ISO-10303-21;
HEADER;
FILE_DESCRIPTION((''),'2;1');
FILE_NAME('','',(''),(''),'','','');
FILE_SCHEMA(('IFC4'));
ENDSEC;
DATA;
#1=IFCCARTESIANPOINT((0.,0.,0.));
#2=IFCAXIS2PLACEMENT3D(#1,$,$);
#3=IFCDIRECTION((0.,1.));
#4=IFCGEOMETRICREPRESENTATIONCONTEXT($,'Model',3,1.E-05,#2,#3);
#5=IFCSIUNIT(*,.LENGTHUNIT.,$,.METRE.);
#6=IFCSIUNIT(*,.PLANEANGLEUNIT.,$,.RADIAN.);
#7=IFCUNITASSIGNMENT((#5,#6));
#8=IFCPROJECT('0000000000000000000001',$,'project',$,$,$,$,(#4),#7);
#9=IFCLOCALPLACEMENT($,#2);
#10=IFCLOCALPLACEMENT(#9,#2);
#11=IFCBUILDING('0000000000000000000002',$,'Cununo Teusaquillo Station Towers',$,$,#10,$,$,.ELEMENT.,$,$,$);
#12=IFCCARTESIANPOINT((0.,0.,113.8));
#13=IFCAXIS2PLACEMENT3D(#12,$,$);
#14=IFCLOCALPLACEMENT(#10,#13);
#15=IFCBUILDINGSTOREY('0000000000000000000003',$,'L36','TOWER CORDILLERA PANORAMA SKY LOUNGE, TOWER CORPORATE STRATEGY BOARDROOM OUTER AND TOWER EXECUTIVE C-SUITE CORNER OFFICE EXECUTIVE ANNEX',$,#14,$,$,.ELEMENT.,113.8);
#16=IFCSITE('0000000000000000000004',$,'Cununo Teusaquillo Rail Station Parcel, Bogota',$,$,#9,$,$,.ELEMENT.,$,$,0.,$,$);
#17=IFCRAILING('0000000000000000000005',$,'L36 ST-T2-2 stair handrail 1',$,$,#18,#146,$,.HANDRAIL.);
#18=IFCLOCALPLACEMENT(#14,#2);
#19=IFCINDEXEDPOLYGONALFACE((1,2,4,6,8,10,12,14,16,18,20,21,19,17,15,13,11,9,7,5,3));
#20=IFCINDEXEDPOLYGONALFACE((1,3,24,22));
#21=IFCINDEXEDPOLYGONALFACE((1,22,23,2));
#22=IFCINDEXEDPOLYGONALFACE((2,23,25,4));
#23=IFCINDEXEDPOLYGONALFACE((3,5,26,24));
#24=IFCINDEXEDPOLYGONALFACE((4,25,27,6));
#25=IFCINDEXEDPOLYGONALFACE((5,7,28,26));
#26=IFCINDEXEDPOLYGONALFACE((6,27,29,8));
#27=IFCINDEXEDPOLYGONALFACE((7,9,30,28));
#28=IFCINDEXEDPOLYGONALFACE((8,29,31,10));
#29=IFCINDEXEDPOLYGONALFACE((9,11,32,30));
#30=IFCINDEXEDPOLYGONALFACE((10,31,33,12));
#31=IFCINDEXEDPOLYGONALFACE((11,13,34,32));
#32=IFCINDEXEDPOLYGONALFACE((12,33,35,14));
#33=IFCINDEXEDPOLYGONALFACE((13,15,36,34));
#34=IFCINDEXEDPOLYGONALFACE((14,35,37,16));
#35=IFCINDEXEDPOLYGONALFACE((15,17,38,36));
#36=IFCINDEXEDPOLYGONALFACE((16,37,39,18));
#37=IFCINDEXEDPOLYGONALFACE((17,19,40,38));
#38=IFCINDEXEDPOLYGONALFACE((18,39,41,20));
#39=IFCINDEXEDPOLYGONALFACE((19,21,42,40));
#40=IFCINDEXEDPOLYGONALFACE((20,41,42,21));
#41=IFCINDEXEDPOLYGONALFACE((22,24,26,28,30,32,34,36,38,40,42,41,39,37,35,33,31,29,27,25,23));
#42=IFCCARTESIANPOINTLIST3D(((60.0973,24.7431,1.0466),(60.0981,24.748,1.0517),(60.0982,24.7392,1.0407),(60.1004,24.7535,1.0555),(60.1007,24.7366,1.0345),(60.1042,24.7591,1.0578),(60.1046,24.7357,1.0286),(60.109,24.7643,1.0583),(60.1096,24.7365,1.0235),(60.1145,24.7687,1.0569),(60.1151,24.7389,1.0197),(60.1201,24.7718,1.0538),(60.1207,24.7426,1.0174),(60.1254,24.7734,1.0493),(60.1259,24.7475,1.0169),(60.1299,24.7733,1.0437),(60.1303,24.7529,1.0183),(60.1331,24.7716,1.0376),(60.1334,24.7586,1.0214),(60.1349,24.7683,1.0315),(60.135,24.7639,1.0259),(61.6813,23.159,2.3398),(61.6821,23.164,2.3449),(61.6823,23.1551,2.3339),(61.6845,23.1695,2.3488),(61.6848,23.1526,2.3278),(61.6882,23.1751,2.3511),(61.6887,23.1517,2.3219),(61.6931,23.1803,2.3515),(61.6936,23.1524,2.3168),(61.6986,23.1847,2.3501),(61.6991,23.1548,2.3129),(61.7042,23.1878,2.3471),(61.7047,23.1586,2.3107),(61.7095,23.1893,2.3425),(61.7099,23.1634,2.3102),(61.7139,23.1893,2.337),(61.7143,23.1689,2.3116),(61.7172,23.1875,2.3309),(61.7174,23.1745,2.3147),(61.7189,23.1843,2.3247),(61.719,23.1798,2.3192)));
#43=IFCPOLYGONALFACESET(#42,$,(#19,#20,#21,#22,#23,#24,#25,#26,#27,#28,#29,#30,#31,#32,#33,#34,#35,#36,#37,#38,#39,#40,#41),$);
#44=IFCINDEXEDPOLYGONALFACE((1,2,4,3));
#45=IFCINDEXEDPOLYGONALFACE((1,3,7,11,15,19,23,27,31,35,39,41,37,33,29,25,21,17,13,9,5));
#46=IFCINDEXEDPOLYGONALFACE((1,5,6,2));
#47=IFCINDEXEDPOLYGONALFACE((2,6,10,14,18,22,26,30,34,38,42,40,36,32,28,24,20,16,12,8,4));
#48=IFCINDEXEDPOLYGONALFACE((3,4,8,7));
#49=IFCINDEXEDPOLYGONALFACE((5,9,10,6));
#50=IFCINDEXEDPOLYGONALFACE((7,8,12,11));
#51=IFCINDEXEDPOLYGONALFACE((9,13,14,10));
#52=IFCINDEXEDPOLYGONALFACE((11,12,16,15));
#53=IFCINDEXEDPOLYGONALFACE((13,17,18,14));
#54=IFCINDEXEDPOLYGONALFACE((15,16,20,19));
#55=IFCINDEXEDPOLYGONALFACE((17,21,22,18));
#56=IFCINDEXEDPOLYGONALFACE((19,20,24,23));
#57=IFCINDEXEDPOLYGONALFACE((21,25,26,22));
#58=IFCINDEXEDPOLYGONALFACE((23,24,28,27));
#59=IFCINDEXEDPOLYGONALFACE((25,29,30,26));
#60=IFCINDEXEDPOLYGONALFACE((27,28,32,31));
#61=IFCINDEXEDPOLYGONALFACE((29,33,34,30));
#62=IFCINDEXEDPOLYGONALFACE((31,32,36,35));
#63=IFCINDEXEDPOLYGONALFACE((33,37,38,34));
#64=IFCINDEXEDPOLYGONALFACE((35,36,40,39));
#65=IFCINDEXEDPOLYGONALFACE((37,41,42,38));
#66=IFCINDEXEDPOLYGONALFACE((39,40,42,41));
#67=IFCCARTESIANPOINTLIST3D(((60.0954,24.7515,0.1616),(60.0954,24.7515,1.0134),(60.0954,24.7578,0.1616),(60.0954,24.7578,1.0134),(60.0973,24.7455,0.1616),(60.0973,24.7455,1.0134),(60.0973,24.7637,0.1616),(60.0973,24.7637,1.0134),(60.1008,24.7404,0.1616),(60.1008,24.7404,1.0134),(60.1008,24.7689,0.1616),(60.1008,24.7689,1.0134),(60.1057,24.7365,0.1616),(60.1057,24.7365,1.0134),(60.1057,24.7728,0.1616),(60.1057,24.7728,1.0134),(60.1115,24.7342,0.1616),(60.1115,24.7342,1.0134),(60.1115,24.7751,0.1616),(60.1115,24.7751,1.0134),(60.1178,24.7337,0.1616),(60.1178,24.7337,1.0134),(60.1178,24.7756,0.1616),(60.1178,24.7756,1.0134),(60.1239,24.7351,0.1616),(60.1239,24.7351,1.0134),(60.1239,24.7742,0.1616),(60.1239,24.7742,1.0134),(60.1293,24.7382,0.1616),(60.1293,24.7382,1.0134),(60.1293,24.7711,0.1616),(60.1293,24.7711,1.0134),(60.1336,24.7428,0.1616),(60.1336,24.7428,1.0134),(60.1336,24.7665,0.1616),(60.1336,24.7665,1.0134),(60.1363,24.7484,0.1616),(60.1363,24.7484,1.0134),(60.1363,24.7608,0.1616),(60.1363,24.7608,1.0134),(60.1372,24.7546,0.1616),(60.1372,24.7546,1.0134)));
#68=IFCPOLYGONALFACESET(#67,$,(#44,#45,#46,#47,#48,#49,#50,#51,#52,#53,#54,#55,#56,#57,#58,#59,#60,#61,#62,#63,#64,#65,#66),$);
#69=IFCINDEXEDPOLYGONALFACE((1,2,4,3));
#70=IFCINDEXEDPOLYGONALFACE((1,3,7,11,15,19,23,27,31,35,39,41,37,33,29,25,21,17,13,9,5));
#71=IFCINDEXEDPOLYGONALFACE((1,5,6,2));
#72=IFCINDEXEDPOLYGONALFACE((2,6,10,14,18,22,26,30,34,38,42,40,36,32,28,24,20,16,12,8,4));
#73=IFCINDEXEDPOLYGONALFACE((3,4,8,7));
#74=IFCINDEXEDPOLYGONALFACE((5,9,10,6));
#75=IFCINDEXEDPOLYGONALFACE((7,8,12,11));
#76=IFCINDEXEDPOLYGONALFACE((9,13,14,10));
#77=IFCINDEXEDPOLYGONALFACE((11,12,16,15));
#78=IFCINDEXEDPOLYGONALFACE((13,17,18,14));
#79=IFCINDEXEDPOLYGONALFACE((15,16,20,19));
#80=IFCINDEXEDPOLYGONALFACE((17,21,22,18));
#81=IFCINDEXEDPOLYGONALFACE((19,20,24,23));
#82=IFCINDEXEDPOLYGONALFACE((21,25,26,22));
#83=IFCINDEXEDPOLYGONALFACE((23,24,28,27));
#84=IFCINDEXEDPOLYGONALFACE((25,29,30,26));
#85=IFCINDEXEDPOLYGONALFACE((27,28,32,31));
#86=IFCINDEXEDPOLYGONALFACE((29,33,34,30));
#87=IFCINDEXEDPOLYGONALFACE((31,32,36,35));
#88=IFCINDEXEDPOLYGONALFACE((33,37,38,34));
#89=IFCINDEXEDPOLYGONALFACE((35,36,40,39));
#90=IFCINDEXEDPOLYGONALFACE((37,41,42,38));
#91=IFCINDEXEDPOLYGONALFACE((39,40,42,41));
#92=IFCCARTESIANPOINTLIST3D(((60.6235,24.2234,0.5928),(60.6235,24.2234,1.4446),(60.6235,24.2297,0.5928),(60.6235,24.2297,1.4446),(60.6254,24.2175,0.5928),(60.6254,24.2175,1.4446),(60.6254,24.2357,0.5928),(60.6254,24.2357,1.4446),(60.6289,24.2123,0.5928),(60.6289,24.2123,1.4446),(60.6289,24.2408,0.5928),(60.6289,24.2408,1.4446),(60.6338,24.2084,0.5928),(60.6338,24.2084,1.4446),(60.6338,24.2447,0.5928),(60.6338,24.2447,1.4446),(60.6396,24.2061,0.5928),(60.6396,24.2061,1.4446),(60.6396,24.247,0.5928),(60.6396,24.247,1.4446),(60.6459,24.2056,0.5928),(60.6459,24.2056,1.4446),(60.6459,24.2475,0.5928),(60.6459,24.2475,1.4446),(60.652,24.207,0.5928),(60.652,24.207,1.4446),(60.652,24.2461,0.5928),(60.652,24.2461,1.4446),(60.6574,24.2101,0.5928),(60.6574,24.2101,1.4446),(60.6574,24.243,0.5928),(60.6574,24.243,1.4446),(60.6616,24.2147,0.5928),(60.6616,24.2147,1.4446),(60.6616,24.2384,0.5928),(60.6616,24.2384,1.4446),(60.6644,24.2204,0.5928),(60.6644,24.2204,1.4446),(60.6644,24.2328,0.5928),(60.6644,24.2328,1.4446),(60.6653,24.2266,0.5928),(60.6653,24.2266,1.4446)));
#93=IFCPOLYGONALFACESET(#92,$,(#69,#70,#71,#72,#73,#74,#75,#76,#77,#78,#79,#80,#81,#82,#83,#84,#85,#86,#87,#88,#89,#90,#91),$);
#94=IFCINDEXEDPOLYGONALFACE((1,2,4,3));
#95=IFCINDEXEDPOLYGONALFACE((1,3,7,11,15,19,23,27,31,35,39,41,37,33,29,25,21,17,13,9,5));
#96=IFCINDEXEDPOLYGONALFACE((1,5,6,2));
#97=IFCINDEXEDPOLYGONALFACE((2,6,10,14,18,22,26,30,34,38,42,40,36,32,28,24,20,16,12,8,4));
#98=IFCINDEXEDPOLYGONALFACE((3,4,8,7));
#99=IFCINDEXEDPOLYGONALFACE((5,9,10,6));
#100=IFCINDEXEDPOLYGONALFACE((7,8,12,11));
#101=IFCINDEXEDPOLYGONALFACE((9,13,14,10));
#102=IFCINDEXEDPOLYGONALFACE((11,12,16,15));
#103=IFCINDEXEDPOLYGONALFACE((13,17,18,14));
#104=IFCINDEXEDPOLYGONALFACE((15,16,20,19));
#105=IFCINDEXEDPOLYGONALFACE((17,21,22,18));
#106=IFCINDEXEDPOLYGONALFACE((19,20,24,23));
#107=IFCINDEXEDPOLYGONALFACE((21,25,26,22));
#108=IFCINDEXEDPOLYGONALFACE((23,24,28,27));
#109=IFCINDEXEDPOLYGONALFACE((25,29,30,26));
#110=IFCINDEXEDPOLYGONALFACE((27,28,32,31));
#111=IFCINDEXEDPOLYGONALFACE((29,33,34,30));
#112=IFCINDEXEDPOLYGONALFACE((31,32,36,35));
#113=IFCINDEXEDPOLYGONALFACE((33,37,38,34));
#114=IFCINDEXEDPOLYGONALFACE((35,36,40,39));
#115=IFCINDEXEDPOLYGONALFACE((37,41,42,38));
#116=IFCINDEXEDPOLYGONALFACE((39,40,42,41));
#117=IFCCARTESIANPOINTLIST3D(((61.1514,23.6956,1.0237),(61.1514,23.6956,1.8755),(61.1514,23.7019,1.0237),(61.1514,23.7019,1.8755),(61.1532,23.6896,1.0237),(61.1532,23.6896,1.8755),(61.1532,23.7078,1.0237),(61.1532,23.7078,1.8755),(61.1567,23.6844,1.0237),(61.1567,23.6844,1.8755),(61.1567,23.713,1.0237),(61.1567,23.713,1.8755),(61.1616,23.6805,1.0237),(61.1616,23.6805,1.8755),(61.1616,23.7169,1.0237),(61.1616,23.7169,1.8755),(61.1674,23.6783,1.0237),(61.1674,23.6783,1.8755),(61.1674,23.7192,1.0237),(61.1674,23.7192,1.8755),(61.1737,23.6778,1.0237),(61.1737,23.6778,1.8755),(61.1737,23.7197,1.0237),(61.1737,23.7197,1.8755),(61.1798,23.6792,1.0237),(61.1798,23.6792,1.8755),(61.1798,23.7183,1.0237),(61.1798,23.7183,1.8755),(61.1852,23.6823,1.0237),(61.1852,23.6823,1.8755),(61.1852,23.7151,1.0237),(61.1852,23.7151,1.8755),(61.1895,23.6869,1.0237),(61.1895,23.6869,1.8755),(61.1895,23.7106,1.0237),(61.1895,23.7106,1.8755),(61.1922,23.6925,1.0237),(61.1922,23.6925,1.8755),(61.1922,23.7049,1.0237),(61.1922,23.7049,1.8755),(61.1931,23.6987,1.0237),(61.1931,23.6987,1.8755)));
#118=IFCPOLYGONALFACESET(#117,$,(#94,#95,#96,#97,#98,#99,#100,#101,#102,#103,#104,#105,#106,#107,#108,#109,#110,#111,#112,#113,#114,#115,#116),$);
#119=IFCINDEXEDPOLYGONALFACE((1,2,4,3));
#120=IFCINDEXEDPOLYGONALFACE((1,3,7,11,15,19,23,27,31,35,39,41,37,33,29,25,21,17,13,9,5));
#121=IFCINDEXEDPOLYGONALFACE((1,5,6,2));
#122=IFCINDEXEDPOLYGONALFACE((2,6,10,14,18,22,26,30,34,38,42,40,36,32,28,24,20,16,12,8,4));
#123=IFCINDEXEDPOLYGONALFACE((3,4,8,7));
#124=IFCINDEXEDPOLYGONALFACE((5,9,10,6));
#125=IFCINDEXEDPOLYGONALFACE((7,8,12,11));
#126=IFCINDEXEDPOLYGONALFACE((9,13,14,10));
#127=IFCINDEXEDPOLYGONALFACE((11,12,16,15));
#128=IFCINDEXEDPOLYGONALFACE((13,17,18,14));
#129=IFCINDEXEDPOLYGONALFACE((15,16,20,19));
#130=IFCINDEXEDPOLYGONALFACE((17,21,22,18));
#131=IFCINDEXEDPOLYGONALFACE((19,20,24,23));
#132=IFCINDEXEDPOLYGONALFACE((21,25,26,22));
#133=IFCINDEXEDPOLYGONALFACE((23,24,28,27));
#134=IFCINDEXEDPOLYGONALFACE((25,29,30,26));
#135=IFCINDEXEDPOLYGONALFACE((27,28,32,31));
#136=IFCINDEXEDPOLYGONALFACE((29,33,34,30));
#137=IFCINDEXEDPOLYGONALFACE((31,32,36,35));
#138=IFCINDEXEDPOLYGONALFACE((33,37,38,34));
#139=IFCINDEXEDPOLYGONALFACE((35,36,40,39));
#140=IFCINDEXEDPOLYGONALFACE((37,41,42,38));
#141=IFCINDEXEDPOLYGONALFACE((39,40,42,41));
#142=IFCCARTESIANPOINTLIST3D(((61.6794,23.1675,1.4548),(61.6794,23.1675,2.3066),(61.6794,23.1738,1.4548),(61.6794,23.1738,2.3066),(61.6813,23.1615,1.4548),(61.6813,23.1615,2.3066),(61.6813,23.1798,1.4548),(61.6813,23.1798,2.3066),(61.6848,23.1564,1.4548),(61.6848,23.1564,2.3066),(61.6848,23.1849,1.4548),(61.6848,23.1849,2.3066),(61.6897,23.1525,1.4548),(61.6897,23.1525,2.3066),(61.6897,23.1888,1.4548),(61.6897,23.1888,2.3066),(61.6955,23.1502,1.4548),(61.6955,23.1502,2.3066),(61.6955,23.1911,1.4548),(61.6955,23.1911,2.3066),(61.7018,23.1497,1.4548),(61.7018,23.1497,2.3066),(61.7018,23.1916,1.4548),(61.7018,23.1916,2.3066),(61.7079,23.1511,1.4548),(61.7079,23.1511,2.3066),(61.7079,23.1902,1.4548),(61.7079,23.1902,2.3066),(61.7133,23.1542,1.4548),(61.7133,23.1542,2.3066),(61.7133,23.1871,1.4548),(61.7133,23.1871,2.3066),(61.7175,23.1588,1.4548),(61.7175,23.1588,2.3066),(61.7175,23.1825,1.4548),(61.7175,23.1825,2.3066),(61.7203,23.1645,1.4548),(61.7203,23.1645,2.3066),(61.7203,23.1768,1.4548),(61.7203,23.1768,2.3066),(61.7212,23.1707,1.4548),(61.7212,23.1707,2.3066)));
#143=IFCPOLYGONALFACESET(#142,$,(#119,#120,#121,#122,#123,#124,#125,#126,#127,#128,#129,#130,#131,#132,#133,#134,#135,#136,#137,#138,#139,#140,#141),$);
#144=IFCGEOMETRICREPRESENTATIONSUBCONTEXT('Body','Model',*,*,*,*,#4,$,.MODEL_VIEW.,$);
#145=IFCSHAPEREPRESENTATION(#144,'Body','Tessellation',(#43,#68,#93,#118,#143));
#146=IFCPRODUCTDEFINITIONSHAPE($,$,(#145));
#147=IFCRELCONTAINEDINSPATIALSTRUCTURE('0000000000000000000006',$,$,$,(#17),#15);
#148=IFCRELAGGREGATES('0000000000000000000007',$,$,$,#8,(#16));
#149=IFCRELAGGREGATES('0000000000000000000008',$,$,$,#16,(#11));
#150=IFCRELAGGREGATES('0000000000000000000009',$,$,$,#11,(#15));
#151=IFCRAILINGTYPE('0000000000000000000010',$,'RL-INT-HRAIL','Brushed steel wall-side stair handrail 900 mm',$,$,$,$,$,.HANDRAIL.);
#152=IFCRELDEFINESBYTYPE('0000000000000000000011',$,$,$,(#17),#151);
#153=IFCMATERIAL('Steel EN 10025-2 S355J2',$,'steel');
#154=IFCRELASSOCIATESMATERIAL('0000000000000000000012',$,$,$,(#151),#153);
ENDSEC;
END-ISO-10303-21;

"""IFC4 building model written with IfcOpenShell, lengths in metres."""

from ifc_helpers import new_model, si_unit, direction, frame, origin, origin_2d, place, context, subcontext, project, spatial, circle, extrude, material, type_object, element, save


model = new_model("IFC4")

# Units and contexts
model_context = context("Model", 3, precision=1e-05, world=origin(), true_north=direction((0.0, 1.0)))
body_context = subcontext(model_context, "Body", "Model", "MODEL_VIEW")
ifc_project = project(units=[si_unit("LENGTHUNIT", "METRE"), si_unit("PLANEANGLEUNIT", "RADIAN")], contexts=[model_context])

# Site, building, storey
site_placement = place(None, origin())
site = spatial("IfcSite", under=ifc_project, at=site_placement, Name="Cununo Teusaquillo Rail Station Parcel, Bogota", CompositionType="ELEMENT", RefElevation=0.0)
building_placement = place(site_placement, origin())
building = spatial("IfcBuilding", under=site, at=building_placement, Name="Cununo Teusaquillo Station Towers", CompositionType="ELEMENT")
storey_placement = place(building_placement, frame((0.0, 0.0, 113.8)))
storey = spatial("IfcBuildingStorey", under=building, at=storey_placement, Name="L36", Description="TOWER CORDILLERA PANORAMA SKY LOUNGE, TOWER CORPORATE STRATEGY BOARDROOM OUTER AND TOWER EXECUTIVE C-SUITE CORNER OFFICE EXECUTIVE ANNEX", CompositionType="ELEMENT", Elevation=113.8)

# Railing
ifc_material_1 = material(Name="Steel EN 10025-2 S355J2", Category="steel")
railing_type_1 = type_object("IfcRailingType", Name="RL-INT-HRAIL", Description="Brushed steel wall-side stair handrail 900 mm", PredefinedType="HANDRAIL", material=ifc_material_1)
railing_1_placement = place(storey_placement, frame((60.1162, 24.7546, 0.1616)))
element("IfcRailing", 1, at=railing_1_placement, inside=storey, type_object=railing_type_1, Name="L36 ST-T2-2 stair handrail 1", PredefinedType="HANDRAIL", context=body_context, shape_type="SweptSolid", body=[
    extrude(circle(Radius=0.0239, at=origin_2d()), frame((0.0, 0.0, 0.876), z_axis=(0.612385, -0.612385, 0.49997), x_axis=(0.707107, 0.707107, 0.0)), (0.0, 0.0, 1.0), 2.5867),
    extrude(circle(Radius=0.021, at=origin_2d()), origin(), (0.0, 0.0, 1.0), 0.8518),
    extrude(circle(Radius=0.021, at=origin_2d()), frame((0.5281, -0.5281, 0.4312)), (0.0, 0.0, 1.0), 0.8518),
    extrude(circle(Radius=0.021, at=origin_2d()), frame((1.0559, -1.0559, 0.8621)), (0.0, 0.0, 1.0), 0.8518),
    extrude(circle(Radius=0.021, at=origin_2d()), frame((1.584, -1.584, 1.2932)), (0.0, 0.0, 1.0), 0.8518),
])

save(model, "model.ifc")
